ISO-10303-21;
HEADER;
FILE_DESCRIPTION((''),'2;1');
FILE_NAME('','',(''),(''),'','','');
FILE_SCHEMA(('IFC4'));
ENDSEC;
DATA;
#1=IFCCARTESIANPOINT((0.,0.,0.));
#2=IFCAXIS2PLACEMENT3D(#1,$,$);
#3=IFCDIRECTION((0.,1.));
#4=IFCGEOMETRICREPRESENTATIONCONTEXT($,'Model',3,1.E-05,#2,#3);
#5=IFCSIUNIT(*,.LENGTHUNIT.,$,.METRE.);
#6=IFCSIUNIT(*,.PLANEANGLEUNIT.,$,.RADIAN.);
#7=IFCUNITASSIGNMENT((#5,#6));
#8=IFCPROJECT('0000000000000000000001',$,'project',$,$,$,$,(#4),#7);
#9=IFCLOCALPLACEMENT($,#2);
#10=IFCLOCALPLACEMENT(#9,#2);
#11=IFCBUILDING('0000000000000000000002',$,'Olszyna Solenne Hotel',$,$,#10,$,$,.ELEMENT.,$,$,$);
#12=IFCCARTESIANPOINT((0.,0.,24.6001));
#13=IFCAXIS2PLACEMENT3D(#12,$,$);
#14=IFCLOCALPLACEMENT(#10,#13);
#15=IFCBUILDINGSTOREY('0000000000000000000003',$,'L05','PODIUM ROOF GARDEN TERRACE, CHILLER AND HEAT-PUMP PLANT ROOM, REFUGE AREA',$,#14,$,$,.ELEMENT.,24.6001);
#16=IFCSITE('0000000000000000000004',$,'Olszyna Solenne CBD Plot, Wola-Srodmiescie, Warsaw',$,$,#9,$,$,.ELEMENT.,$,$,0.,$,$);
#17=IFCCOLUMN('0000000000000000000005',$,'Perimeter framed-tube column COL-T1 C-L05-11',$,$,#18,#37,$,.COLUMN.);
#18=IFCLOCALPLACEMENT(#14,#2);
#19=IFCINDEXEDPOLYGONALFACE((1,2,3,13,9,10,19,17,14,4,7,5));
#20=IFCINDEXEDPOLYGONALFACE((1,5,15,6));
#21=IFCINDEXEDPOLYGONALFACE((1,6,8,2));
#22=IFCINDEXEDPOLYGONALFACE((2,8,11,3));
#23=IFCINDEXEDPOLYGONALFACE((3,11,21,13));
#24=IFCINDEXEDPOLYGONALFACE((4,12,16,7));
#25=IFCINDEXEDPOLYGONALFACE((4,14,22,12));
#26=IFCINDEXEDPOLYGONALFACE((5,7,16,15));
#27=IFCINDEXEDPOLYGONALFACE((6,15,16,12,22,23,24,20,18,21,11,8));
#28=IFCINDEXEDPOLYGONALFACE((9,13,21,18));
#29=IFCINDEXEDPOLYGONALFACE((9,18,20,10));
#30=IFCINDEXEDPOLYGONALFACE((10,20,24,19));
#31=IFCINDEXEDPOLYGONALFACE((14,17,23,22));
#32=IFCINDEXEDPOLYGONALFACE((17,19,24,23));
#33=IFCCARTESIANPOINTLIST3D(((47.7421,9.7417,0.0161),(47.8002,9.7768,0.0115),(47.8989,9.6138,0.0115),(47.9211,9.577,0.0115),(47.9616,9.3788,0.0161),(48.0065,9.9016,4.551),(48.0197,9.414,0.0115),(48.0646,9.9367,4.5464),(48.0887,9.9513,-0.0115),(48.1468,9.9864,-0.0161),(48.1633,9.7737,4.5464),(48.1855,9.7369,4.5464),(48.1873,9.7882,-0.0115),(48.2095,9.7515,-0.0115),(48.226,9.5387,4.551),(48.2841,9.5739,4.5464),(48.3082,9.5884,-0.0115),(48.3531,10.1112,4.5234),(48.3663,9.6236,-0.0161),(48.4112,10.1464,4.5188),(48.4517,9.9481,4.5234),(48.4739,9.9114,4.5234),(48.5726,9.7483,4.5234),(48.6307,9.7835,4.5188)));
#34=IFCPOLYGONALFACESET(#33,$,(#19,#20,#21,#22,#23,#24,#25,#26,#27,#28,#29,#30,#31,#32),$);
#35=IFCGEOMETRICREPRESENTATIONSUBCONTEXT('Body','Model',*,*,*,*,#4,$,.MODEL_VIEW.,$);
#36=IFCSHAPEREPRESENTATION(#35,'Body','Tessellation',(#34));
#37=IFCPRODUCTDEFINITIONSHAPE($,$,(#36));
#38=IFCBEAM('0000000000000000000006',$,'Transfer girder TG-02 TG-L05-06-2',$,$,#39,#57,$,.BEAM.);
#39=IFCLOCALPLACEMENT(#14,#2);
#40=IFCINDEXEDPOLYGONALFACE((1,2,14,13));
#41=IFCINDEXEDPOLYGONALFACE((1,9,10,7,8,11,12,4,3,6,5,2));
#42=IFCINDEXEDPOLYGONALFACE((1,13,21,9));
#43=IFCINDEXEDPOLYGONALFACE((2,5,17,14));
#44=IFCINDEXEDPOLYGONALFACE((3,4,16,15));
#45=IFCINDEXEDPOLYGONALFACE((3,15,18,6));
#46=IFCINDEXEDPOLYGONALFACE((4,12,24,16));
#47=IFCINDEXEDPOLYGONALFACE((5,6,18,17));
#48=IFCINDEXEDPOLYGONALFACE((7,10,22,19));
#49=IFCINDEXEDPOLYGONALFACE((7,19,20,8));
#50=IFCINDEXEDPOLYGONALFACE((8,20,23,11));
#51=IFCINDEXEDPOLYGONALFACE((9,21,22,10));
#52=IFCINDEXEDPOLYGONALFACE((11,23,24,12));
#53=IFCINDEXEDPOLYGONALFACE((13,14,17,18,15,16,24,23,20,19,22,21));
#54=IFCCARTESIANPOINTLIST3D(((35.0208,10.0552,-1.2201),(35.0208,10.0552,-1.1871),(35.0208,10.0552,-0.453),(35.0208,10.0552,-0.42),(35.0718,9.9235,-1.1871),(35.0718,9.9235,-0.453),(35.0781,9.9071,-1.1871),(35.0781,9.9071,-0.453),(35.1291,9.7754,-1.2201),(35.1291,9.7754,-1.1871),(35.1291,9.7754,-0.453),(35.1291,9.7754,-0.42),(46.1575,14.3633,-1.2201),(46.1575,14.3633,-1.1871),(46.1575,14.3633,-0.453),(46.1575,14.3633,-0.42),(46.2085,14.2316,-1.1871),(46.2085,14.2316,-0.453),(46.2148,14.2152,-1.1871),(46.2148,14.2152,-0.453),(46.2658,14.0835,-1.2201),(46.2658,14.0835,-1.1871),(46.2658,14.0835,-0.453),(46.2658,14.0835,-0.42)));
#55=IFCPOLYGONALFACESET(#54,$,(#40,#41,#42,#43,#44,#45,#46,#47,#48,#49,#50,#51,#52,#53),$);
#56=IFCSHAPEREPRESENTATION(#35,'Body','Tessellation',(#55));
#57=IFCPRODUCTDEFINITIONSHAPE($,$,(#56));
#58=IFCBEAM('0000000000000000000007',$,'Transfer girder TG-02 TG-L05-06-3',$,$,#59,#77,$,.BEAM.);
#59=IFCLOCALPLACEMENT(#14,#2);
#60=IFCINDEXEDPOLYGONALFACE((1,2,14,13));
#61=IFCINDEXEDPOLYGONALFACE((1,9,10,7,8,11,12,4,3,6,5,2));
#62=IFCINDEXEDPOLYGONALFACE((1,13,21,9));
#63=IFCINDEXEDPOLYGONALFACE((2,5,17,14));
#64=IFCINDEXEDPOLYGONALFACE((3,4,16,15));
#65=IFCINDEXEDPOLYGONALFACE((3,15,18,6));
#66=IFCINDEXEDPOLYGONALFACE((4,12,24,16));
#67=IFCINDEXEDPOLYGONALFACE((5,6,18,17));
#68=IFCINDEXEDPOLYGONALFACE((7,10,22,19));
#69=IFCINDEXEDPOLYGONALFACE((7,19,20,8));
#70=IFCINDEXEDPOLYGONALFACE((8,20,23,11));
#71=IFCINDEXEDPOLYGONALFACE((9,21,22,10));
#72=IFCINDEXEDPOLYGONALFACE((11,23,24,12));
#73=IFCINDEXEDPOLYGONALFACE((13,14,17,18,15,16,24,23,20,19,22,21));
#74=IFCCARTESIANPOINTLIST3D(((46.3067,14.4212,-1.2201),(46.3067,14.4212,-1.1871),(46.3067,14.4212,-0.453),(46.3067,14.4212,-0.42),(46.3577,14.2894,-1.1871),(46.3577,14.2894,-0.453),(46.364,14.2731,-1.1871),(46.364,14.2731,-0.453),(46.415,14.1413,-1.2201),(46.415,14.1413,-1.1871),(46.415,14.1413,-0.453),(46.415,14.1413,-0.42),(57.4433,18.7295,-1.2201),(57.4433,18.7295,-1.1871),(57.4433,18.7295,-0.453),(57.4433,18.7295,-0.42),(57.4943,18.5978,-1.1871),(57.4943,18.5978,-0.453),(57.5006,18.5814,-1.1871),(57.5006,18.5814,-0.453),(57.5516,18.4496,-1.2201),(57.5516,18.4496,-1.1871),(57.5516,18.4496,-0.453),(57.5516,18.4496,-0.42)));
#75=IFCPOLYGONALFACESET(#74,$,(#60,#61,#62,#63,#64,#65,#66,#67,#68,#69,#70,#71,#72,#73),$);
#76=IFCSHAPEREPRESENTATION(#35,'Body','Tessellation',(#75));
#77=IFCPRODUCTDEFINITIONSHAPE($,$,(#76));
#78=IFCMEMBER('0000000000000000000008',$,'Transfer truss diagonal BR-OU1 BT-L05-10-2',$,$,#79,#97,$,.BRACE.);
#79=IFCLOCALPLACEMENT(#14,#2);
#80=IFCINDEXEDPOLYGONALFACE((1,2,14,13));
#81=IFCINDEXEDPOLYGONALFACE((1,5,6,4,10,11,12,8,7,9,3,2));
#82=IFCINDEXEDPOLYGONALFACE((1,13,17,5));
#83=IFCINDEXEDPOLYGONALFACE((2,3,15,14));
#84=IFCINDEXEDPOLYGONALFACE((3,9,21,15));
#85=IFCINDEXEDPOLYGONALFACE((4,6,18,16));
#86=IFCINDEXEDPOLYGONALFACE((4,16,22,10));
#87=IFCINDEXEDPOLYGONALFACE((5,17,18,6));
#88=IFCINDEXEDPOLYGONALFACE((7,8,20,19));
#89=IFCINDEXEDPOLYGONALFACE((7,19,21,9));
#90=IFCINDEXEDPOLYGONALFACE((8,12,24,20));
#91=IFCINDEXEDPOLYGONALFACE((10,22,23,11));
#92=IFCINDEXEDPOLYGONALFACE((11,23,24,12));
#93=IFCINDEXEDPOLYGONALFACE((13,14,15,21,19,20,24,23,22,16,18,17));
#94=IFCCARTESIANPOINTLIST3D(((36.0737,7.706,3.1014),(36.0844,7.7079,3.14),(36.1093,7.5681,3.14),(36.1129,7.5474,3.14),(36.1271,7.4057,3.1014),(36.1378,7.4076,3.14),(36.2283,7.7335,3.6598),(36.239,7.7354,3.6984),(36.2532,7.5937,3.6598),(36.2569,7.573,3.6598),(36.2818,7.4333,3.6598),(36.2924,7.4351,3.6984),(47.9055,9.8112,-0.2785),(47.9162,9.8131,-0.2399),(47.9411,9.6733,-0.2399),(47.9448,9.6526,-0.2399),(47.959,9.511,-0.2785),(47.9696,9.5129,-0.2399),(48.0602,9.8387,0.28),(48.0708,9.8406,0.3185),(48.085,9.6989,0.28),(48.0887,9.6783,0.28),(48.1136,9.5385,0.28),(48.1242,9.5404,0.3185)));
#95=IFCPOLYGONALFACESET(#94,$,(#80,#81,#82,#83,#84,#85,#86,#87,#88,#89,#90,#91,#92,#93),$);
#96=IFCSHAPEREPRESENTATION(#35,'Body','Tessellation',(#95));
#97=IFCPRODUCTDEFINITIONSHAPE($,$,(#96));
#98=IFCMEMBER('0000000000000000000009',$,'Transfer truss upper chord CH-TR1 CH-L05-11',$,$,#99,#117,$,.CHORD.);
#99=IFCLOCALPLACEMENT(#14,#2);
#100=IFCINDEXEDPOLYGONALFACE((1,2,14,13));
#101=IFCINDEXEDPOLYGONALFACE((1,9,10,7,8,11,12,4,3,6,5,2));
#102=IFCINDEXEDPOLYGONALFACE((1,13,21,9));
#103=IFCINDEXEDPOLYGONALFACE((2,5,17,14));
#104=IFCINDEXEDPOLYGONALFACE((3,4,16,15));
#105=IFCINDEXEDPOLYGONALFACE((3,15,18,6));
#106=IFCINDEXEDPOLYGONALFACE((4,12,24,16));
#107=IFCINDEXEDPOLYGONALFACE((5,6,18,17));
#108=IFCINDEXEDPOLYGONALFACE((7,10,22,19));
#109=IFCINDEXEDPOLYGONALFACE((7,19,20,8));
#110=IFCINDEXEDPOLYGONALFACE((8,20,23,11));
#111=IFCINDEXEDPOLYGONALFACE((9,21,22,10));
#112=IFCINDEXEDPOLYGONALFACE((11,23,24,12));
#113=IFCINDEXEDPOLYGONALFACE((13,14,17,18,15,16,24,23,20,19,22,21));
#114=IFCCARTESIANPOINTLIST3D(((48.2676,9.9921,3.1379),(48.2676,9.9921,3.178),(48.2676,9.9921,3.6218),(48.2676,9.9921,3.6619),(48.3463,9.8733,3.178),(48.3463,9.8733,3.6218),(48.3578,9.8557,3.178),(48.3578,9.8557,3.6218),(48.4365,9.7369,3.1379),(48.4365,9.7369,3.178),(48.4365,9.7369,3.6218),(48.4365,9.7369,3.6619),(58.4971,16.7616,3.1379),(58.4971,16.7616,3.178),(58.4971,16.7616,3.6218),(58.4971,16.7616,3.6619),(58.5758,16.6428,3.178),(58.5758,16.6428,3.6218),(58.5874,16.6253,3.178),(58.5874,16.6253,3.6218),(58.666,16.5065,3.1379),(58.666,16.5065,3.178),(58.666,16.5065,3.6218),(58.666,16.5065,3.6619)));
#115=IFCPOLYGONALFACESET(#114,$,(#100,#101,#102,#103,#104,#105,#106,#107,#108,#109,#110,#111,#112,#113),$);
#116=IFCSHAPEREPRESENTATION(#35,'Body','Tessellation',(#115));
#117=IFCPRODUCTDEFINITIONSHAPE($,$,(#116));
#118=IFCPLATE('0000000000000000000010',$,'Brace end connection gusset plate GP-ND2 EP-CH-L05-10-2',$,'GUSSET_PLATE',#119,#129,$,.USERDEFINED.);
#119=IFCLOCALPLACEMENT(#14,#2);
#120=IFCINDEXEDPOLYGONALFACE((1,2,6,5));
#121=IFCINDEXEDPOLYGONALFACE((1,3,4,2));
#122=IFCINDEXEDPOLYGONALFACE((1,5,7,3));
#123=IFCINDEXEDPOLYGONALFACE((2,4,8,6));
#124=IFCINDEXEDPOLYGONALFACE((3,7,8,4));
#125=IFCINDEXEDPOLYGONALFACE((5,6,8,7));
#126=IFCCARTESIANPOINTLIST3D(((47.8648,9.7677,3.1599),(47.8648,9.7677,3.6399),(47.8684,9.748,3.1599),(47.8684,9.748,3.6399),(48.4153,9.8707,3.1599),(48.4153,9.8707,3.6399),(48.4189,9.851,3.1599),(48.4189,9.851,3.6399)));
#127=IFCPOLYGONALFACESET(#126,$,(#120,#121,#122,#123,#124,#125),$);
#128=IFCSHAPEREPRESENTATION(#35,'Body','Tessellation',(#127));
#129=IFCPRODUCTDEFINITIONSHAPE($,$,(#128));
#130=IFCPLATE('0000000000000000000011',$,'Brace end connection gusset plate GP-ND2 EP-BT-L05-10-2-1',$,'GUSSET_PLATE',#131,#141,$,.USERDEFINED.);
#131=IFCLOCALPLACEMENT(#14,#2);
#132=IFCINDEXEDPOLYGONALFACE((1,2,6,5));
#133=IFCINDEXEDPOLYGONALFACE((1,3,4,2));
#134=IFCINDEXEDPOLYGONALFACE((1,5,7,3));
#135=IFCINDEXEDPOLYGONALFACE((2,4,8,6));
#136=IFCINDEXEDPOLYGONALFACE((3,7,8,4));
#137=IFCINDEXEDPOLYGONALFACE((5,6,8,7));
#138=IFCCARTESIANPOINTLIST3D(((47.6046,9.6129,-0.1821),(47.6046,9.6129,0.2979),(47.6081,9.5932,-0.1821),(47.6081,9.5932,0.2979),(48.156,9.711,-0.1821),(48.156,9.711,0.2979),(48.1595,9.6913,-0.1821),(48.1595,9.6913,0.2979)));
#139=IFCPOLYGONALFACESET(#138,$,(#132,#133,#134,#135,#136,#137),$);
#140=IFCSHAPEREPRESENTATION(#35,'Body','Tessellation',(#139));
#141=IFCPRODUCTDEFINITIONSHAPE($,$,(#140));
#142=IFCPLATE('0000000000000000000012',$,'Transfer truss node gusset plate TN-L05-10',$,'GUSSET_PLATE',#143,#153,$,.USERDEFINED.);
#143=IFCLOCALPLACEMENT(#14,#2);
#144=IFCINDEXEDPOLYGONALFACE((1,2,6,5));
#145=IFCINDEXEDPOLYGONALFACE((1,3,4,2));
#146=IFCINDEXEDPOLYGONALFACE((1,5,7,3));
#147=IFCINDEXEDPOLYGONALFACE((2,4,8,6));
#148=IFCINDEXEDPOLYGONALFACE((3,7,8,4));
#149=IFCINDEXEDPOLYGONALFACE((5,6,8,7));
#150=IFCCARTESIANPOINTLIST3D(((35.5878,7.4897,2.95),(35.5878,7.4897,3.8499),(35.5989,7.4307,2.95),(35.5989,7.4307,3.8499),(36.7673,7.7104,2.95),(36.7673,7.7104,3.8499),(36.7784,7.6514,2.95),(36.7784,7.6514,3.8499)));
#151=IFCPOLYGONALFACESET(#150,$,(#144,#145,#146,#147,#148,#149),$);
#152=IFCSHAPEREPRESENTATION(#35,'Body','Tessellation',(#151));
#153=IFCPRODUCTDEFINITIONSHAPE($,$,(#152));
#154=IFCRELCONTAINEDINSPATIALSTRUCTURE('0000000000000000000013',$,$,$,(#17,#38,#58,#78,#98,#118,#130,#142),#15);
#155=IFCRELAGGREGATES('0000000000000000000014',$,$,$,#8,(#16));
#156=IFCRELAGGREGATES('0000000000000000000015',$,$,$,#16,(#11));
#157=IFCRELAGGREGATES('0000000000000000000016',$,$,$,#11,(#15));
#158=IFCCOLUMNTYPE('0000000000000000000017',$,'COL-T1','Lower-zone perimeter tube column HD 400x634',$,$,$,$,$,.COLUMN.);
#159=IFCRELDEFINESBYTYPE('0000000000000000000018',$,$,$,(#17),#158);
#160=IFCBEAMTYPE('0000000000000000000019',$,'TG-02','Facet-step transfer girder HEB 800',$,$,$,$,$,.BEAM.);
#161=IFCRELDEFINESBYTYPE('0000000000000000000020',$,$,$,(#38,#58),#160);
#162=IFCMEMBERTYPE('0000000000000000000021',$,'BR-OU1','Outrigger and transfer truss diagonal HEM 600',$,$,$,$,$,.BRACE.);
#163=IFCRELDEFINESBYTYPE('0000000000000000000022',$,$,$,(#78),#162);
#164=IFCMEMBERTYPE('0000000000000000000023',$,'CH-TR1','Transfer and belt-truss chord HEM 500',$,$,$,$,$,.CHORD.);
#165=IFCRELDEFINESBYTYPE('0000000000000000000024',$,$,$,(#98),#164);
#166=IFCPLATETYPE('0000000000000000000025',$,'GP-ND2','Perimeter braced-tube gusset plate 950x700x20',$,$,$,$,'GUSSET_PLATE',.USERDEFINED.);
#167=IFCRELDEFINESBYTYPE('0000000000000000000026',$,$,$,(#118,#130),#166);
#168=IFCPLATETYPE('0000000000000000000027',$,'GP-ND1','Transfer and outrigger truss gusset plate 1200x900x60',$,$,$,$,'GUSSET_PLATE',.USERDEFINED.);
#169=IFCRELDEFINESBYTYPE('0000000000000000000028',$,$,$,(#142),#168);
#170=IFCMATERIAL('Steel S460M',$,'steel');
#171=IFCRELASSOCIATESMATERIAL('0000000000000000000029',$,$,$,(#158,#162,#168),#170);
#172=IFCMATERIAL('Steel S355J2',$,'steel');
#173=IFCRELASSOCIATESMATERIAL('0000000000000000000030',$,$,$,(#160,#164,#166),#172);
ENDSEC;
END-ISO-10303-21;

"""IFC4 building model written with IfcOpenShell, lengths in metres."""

from ifc_helpers import new_model, si_unit, direction, frame, origin, origin_2d, place, context, subcontext, project, spatial, rectangle, i_section, extrude, source, transform, mapped, material, material_profile, profile_set, type_object, element, save


model = new_model("IFC4")

# Units and contexts
model_context = context("Model", 3, precision=1e-05, world=origin(), true_north=direction((0.0, 1.0)))
body_context = subcontext(model_context, "Body", "Model", "MODEL_VIEW")
ifc_project = project(units=[si_unit("LENGTHUNIT", "METRE"), si_unit("PLANEANGLEUNIT", "RADIAN")], contexts=[model_context])

# Site, building, storey
site_placement = place(None, origin())
site = spatial("IfcSite", under=ifc_project, at=site_placement, Name="Olszyna Solenne CBD Plot, Wola-Srodmiescie, Warsaw", CompositionType="ELEMENT", RefElevation=0.0)
building_placement = place(site_placement, origin())
building = spatial("IfcBuilding", under=site, at=building_placement, Name="Olszyna Solenne Hotel", CompositionType="ELEMENT")
storey_placement = place(building_placement, frame((0.0, 0.0, 24.6001)))
storey = spatial("IfcBuildingStorey", under=building, at=storey_placement, Name="L05", Description="PODIUM ROOF GARDEN TERRACE, CHILLER AND HEAT-PUMP PLANT ROOM, REFUGE AREA", CompositionType="ELEMENT", Elevation=24.6001)

# Column
ifc_material_1 = material(Name="Steel S460M", Category="steel")
ifc_material_profile_1 = material_profile(ifc_material_1, i_section(OverallWidth=0.4241, OverallDepth=0.4741, WebThickness=0.043, FlangeThickness=0.0681, at=origin_2d()), Name="HD 400x634", Category="load-bearing")
ifc_profile_set_1 = profile_set([ifc_material_profile_1], Name="Steel S460M")
column_type = type_object("IfcColumnType", Name="COL-T1", Description="Lower-zone perimeter tube column HD 400x634", PredefinedType="COLUMN", material=ifc_profile_set_1)
shared_shape_1 = source(origin(), body_context, "Body", "SweptSolid", [
    extrude(i_section(OverallWidth=0.4241, OverallDepth=0.4741, WebThickness=0.043, FlangeThickness=0.0681, at=origin_2d()), origin(), (0.0, 0.0, 1.0), 4.5454),
])
column_placement = place(storey_placement, frame((48.0542, 9.6826, 0.0), z_axis=(0.058169, 0.035181, 0.997687), x_axis=(-0.517514, 0.855675, 0.0)))
element("IfcColumn", 1, at=column_placement, inside=storey, type_object=column_type, Name="Perimeter framed-tube column COL-T1 C-L05-11", PredefinedType="COLUMN", context=body_context, shape_type="MappedRepresentation", body=[
    mapped(shared_shape_1, transform((0.0, 0.0, 0.0), x_axis=(1.0, 0.0, 0.0), y_axis=(0.0, 1.0, 0.0), z_axis=(0.0, 0.0, 1.0), scale=1.0)),
])

# Beams
ifc_material_2 = material(Name="Steel S355J2", Category="steel")
ifc_material_profile_2 = material_profile(ifc_material_2, i_section(OverallWidth=0.3, OverallDepth=0.8, WebThickness=0.0176, FlangeThickness=0.033, at=origin_2d()), Name="HEB 800", Category="load-bearing")
ifc_profile_set_2 = profile_set([ifc_material_profile_2], Name="Steel S355J2")
beam_type = type_object("IfcBeamType", Name="TG-02", Description="Facet-step transfer girder HEB 800", PredefinedType="BEAM", material=ifc_profile_set_2)
shared_shape_2 = source(origin(), body_context, "Body", "SweptSolid", [
    extrude(i_section(OverallWidth=0.3, OverallDepth=0.8, WebThickness=0.0176, FlangeThickness=0.033, at=origin_2d()), origin(), (0.0, 0.0, 1.0), 11.9409),
])
for number, where, z_axis, x_axis, name in (
    (2, (35.075, 9.9153, -0.8201), (0.932649, 0.360784, 0.0), (-0.360784, 0.932649, 0.0), "Transfer girder TG-02 TG-L05-06-2"),
    (3, (46.3608, 14.2812, -0.8201), (0.932642, 0.360802, 0.0), (-0.360802, 0.932642, 0.0), "Transfer girder TG-02 TG-L05-06-3"),
):
    element("IfcBeam", number, at=place(storey_placement, frame(where, z_axis=z_axis, x_axis=x_axis)), inside=storey, type_object=beam_type, Name=name, PredefinedType="BEAM", context=body_context, shape_type="MappedRepresentation", body=[
        mapped(shared_shape_2, transform((0.0, 0.0, 0.0), x_axis=(1.0, 0.0, 0.0), y_axis=(0.0, 1.0, 0.0), z_axis=(0.0, 0.0, 1.0), scale=1.0)),
    ])

# Members
ifc_material_profile_3 = material_profile(ifc_material_1, i_section(OverallWidth=0.3049, OverallDepth=0.6201, WebThickness=0.021, FlangeThickness=0.04, at=origin_2d()), Name="HEM 600", Category="load-bearing")
ifc_profile_set_3 = profile_set([ifc_material_profile_3], Name="Steel S460M")
member_type_1 = type_object("IfcMemberType", Name="BR-OU1", Description="Outrigger and transfer truss diagonal HEM 600", PredefinedType="BRACE", material=ifc_profile_set_3)
shared_shape_3 = source(origin(), body_context, "Body", "SweptSolid", [
    extrude(i_section(OverallWidth=0.3049, OverallDepth=0.6201, WebThickness=0.021, FlangeThickness=0.04, at=origin_2d()), origin(), (0.0, 0.0, 1.0), 12.4839),
])
member_1_placement = place(storey_placement, frame((48.0149, 9.6758, 0.02), z_axis=(-0.947767, -0.168636, 0.27074), x_axis=(0.175178, -0.984537, 0.0)))
element("IfcMember", 4, at=member_1_placement, inside=storey, type_object=member_type_1, Name="Transfer truss diagonal BR-OU1 BT-L05-10-2", PredefinedType="BRACE", context=body_context, shape_type="MappedRepresentation", body=[
    mapped(shared_shape_3, transform((0.0, 0.0, 0.0), x_axis=(1.0, 0.0, 0.0), y_axis=(0.0, 1.0, 0.0), z_axis=(0.0, 0.0, 1.0), scale=1.0)),
])
ifc_material_profile_4 = material_profile(ifc_material_2, i_section(OverallWidth=0.3059, OverallDepth=0.5239, WebThickness=0.021, FlangeThickness=0.04, at=origin_2d()), Name="HEM 500", Category="load-bearing")
ifc_profile_set_4 = profile_set([ifc_material_profile_4], Name="Steel S355J2")
member_type_2 = type_object("IfcMemberType", Name="CH-TR1", Description="Transfer and belt-truss chord HEM 500", PredefinedType="CHORD", material=ifc_profile_set_4)
shared_shape_4 = source(origin(), body_context, "Body", "SweptSolid", [
    extrude(i_section(OverallWidth=0.3059, OverallDepth=0.5239, WebThickness=0.021, FlangeThickness=0.04, at=origin_2d()), origin(), (0.0, 0.0, 1.0), 12.2666),
])
member_2_placement = place(storey_placement, frame((48.3521, 9.8645, 3.3999), z_axis=(0.833932, 0.551868, 0.0), x_axis=(-0.551868, 0.833932, 0.0)))
element("IfcMember", 5, at=member_2_placement, inside=storey, type_object=member_type_2, Name="Transfer truss upper chord CH-TR1 CH-L05-11", PredefinedType="CHORD", context=body_context, shape_type="MappedRepresentation", body=[
    mapped(shared_shape_4, transform((0.0, 0.0, 0.0), x_axis=(1.0, 0.0, 0.0), y_axis=(0.0, 1.0, 0.0), z_axis=(0.0, 0.0, 1.0), scale=1.0)),
])

# Plates
plate_type_1 = type_object("IfcPlateType", Name="GP-ND2", Description="Perimeter braced-tube gusset plate 950x700x20", ElementType="GUSSET_PLATE", PredefinedType="USERDEFINED", material=ifc_material_2)
shared_shape_5 = source(origin(), body_context, "Body", "SweptSolid", [
    extrude(rectangle(XDim=0.5601, YDim=0.02, at=origin_2d()), origin(), (0.0, 0.0, 1.0), 0.48),
])
for number, where, z_axis, x_axis, name in (
    (6, (48.1418, 9.8093, 3.1599), (0.0, 0.0, 1.0), (0.982935, 0.183951, 0.0), "Brace end connection gusset plate GP-ND2 EP-CH-L05-10-2"),
    (7, (47.8821, 9.6521, -0.1821), (0.0, 0.0, 1.0), (-0.984534, -0.175195, 0.0), "Brace end connection gusset plate GP-ND2 EP-BT-L05-10-2-1"),
):
    element("IfcPlate", number, at=place(storey_placement, frame(where, z_axis=z_axis, x_axis=x_axis)), inside=storey, type_object=plate_type_1, Name=name, ObjectType="GUSSET_PLATE", PredefinedType="USERDEFINED", context=body_context, shape_type="MappedRepresentation", body=[
        mapped(shared_shape_5, transform((0.0, 0.0, 0.0), x_axis=(1.0, 0.0, 0.0), y_axis=(0.0, 1.0, 0.0), z_axis=(0.0, 0.0, 1.0), scale=1.0)),
    ])
plate_type_2 = type_object("IfcPlateType", Name="GP-ND1", Description="Transfer and outrigger truss gusset plate 1200x900x60", ElementType="GUSSET_PLATE", PredefinedType="USERDEFINED", material=ifc_material_1)
shared_shape_6 = source(origin(), body_context, "Body", "SweptSolid", [
    extrude(rectangle(XDim=1.2, YDim=0.0601, at=origin_2d()), origin(), (0.0, 0.0, 1.0), 0.8999),
])
plate_placement = place(storey_placement, frame((36.1831, 7.5706, 2.95), z_axis=(0.0, 0.0, 1.0), x_axis=(0.982935, 0.183951, 0.0)))
element("IfcPlate", 8, at=plate_placement, inside=storey, type_object=plate_type_2, Name="Transfer truss node gusset plate TN-L05-10", ObjectType="GUSSET_PLATE", PredefinedType="USERDEFINED", context=body_context, shape_type="MappedRepresentation", body=[
    mapped(shared_shape_6, transform((0.0, 0.0, 0.0), x_axis=(1.0, 0.0, 0.0), y_axis=(0.0, 1.0, 0.0), z_axis=(0.0, 0.0, 1.0), scale=1.0)),
])

save(model, "model.ifc")
